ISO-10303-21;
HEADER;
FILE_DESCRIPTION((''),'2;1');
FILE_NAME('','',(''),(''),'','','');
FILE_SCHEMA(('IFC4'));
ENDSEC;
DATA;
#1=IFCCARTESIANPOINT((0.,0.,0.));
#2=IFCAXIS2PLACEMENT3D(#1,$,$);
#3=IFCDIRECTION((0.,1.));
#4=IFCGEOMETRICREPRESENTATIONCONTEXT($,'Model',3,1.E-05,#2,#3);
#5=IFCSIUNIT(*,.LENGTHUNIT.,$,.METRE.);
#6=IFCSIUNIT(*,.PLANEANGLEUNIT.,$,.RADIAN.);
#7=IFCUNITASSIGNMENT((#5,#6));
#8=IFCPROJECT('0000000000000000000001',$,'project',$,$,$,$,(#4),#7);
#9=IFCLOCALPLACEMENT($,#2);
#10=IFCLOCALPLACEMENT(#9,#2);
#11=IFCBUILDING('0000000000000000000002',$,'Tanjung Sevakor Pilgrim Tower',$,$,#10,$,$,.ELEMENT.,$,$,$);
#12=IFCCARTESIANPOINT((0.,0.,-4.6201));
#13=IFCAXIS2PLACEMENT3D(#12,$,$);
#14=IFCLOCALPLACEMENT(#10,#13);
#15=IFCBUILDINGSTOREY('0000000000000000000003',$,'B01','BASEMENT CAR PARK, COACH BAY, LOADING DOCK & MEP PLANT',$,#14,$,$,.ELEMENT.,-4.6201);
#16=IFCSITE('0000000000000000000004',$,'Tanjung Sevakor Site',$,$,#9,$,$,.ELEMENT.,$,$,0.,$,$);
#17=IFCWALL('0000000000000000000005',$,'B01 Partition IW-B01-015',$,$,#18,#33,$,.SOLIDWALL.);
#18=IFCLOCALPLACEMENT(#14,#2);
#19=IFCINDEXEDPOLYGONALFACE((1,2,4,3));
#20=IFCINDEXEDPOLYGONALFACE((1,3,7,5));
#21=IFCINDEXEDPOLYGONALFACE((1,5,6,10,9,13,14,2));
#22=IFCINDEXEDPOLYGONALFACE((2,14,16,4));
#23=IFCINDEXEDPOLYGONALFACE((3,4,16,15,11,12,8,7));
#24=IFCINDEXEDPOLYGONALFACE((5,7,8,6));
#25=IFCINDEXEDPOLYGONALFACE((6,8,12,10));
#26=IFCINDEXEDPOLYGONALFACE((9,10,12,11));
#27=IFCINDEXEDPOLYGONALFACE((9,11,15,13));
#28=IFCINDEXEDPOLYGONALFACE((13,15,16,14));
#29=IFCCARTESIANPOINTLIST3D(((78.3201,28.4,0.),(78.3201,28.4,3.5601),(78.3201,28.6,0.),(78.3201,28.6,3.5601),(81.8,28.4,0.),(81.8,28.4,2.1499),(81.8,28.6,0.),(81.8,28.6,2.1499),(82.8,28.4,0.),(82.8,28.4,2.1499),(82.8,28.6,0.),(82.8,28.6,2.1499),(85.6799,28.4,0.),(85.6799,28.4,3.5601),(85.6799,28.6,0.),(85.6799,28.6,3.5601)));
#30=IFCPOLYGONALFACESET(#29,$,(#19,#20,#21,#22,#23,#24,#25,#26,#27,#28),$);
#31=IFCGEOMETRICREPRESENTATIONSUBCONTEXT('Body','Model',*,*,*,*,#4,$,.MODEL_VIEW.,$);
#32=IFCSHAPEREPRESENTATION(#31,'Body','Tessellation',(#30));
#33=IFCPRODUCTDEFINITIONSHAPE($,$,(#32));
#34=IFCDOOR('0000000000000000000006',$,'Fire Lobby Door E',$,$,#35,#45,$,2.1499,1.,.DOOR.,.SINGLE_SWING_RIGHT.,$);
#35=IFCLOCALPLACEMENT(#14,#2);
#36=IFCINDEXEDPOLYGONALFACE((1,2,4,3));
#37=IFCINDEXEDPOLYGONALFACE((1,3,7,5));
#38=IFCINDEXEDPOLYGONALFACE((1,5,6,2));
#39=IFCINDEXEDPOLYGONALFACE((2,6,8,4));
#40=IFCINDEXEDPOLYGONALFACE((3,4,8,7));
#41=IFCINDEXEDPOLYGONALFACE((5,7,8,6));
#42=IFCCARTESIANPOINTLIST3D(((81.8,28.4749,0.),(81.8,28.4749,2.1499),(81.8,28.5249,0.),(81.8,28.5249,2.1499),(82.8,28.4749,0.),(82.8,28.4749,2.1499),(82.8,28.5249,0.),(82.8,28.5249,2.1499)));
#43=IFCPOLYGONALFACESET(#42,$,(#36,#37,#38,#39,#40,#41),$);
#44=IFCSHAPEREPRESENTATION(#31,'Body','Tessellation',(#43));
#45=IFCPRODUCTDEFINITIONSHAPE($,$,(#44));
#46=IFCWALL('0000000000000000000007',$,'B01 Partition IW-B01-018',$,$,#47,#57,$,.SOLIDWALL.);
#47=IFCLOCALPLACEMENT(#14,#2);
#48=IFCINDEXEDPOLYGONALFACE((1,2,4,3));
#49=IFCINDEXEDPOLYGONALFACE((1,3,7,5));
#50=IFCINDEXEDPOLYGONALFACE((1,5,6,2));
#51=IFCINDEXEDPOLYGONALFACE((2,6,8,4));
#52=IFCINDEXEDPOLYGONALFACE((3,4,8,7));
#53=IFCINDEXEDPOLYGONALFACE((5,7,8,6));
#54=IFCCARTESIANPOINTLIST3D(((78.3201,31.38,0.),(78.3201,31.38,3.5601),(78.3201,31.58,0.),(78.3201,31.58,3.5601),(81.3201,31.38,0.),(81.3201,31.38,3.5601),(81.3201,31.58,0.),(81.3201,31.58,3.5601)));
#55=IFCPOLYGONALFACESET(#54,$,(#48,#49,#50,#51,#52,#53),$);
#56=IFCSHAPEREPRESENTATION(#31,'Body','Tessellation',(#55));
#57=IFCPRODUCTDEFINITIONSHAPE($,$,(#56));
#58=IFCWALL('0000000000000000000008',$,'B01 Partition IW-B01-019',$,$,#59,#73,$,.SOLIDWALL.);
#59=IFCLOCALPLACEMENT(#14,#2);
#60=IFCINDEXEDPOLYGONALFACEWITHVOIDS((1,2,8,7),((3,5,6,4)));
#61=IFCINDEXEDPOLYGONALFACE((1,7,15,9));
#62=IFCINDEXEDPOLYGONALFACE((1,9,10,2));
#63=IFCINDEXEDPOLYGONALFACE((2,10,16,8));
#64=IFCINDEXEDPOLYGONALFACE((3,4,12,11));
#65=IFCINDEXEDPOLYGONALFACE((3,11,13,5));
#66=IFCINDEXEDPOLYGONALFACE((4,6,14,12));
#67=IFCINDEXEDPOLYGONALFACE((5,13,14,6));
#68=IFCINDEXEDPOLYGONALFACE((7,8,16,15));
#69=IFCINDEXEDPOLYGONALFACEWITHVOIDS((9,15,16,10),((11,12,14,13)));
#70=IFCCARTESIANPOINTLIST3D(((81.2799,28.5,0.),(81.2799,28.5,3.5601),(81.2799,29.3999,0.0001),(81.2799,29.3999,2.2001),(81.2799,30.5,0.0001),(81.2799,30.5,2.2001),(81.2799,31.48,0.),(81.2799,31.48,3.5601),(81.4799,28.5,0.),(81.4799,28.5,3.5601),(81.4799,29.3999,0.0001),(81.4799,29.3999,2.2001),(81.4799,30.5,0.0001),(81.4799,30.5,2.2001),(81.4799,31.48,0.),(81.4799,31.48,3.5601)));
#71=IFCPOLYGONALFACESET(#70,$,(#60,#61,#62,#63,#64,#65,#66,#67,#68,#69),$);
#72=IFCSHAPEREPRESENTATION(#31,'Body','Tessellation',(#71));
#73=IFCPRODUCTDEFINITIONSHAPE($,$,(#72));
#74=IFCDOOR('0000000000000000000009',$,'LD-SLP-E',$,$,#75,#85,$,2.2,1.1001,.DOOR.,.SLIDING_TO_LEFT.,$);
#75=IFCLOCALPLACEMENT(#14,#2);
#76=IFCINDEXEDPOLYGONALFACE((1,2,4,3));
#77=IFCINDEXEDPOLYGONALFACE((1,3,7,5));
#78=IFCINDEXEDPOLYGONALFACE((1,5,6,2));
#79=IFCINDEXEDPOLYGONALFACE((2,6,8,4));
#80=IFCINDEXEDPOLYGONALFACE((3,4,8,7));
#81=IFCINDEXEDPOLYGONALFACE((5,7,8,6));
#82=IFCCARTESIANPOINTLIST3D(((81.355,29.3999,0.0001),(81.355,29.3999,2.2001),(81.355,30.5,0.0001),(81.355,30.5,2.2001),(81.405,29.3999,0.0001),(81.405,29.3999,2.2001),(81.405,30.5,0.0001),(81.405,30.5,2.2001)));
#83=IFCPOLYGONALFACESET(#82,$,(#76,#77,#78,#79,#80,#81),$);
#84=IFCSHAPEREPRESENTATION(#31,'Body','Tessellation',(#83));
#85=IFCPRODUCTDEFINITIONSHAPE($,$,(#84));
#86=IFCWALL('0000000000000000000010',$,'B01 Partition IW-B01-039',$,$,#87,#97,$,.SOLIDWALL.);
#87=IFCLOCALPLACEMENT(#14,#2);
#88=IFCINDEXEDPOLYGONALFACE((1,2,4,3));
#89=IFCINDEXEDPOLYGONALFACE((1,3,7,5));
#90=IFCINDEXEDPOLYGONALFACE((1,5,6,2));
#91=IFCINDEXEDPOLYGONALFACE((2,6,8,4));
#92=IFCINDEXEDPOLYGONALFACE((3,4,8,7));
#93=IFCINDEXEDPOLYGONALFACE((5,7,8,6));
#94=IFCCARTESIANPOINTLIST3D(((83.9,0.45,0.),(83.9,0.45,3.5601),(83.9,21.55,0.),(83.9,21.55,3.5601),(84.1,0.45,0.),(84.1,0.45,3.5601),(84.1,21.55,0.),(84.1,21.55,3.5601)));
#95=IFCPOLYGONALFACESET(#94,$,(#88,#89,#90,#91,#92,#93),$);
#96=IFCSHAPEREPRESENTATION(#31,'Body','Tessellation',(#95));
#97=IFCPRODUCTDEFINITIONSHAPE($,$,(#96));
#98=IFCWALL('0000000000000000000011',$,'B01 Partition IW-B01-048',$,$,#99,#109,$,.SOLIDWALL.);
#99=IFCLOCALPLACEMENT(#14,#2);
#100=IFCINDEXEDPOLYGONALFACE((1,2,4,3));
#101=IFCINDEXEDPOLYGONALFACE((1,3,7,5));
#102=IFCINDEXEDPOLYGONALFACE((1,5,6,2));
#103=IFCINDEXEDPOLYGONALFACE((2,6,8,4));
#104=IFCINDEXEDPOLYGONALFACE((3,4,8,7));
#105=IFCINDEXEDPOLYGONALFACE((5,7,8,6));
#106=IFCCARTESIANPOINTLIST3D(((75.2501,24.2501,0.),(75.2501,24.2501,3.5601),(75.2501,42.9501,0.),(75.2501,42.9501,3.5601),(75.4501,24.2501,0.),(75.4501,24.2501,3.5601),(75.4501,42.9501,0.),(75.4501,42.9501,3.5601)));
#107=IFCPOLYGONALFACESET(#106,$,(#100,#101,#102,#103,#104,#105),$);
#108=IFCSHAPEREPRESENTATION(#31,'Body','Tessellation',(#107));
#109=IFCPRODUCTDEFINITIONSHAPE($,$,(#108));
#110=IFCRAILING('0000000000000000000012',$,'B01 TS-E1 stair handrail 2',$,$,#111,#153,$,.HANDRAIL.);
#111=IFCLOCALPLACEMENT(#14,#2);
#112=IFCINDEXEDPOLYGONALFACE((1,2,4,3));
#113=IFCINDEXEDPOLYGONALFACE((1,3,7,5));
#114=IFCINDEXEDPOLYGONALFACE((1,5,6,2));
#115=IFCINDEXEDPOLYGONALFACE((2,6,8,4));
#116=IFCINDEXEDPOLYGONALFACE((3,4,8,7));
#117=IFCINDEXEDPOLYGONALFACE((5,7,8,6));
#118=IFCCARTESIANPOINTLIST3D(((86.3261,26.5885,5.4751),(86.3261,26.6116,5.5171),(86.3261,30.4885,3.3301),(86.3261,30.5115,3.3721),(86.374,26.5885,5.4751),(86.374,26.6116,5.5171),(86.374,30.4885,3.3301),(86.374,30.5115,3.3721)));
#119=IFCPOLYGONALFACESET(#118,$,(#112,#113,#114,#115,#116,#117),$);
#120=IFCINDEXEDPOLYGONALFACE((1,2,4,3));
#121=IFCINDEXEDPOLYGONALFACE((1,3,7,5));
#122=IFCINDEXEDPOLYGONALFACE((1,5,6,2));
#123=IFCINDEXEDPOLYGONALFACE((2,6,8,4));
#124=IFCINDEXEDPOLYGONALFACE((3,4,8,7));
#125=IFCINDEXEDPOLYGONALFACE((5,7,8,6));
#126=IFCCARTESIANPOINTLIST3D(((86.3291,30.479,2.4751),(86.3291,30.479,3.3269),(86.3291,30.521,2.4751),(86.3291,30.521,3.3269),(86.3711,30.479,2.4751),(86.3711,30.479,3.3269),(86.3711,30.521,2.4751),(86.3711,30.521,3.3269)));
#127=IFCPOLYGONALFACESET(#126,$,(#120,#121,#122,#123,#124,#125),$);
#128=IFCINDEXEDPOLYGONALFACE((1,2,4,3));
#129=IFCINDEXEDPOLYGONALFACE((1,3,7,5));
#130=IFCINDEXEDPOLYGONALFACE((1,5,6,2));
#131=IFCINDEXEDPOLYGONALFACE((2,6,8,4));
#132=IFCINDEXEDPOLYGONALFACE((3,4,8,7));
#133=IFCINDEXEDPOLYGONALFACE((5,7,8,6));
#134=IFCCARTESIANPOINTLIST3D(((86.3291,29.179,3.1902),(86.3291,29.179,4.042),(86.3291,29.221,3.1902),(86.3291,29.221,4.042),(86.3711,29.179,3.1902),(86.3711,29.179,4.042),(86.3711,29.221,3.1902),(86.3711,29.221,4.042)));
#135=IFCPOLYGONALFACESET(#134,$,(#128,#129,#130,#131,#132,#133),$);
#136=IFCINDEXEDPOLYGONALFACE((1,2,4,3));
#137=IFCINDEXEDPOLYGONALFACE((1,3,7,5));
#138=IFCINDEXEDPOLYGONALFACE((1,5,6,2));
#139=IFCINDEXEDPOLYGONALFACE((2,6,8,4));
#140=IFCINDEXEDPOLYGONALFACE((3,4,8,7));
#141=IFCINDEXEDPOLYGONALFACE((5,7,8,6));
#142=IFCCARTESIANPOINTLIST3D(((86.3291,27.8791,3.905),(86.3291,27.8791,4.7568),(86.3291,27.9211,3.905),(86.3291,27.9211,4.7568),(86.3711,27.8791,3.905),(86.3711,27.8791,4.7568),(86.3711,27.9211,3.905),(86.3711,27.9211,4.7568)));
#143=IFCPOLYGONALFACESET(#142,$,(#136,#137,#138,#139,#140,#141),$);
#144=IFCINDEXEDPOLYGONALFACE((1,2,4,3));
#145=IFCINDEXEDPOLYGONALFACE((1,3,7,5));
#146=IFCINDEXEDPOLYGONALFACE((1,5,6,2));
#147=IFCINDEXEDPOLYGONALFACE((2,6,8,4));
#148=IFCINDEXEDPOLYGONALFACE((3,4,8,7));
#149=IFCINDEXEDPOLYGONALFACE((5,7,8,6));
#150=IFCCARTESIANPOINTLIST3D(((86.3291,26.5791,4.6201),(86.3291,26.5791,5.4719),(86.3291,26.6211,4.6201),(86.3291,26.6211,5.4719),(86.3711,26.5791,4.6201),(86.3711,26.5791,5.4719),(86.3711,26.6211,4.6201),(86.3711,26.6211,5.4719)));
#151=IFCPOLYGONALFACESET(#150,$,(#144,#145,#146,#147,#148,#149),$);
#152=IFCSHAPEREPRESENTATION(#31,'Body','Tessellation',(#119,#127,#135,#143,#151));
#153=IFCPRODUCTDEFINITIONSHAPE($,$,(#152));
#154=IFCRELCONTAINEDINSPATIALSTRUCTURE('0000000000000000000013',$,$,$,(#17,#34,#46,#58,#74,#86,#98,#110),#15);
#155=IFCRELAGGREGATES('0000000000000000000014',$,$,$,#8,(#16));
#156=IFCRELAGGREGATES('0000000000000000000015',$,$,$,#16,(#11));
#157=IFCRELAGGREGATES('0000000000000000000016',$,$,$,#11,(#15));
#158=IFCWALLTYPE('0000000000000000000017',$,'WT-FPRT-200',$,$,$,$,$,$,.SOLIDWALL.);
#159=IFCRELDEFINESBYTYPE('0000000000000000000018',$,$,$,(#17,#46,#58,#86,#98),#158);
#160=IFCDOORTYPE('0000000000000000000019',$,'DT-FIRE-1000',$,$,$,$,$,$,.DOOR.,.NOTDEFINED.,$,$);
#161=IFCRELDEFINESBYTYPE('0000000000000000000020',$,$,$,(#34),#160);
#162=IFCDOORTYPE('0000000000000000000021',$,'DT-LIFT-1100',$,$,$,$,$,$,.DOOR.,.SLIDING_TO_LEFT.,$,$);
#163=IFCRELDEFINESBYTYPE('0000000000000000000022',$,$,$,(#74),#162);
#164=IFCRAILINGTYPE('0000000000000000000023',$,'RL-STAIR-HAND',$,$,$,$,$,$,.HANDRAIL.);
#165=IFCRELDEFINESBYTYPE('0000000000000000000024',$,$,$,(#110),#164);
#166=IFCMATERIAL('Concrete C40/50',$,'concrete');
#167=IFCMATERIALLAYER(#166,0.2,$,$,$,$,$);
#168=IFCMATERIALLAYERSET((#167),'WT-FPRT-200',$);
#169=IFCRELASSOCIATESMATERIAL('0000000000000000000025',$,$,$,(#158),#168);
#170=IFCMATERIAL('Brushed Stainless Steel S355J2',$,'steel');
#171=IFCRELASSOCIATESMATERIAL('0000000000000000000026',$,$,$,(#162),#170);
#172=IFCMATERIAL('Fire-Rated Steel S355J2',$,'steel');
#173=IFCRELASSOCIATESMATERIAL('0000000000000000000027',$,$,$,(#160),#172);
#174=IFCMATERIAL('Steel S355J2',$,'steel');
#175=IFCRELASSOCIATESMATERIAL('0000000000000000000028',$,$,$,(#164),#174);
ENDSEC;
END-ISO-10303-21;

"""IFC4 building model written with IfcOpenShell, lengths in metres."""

from ifc_helpers import new_model, si_unit, direction, frame, frame_2d, origin, place, context, subcontext, project, spatial, rectangle, extrude, material, layer, layer_set, type_object, element, fill, save


model = new_model("IFC4")

# Units and contexts
model_context = context("Model", 3, precision=1e-05, world=origin(), true_north=direction((0.0, 1.0)))
body_context = subcontext(model_context, "Body", "Model", "MODEL_VIEW")
ifc_project = project(units=[si_unit("LENGTHUNIT", "METRE"), si_unit("PLANEANGLEUNIT", "RADIAN")], contexts=[model_context])

# Site, building, storey
site_placement = place(None, origin())
site = spatial("IfcSite", under=ifc_project, at=site_placement, Name="Tanjung Sevakor Site", CompositionType="ELEMENT", RefElevation=0.0)
building_placement = place(site_placement, origin())
building = spatial("IfcBuilding", under=site, at=building_placement, Name="Tanjung Sevakor Pilgrim Tower", CompositionType="ELEMENT")
storey_placement = place(building_placement, frame((0.0, 0.0, -4.6201)))
storey = spatial("IfcBuildingStorey", under=building, at=storey_placement, Name="B01", Description="BASEMENT CAR PARK, COACH BAY, LOADING DOCK & MEP PLANT", CompositionType="ELEMENT", Elevation=-4.6201)

# Wall, opening, door
ifc_material_1 = material(Name="Concrete C40/50", Category="concrete")
ifc_layer_1 = layer(ifc_material_1, 0.2)
ifc_layer_set_1 = layer_set([ifc_layer_1], Name="WT-FPRT-200")
wall_type_1 = type_object("IfcWallType", Name="WT-FPRT-200", PredefinedType="SOLIDWALL", material=ifc_layer_set_1)
ifc_material_2 = material(Name="Brushed Stainless Steel S355J2", Category="steel")
door_type_1 = type_object("IfcDoorType", Name="DT-LIFT-1100", OperationType="SLIDING_TO_LEFT", PredefinedType="DOOR", material=ifc_material_2)
wall_1_placement = place(storey_placement, frame((78.3201, 28.5, 0.0), z_axis=(0.0, 0.0, 1.0), x_axis=(1.0, 0.0, 0.0)))
wall_1 = element("IfcWall", 1, at=wall_1_placement, inside=storey, type_object=wall_type_1, Name="B01 Partition IW-B01-015", PredefinedType="SOLIDWALL", context=body_context, shape_type="SweptSolid", body=[
    extrude(rectangle(XDim=7.3599, YDim=0.2, at=frame_2d((3.6799, 0.0))), origin(), (0.0, 0.0, 1.0), 3.5601),
])
opening_1_placement = place(wall_1_placement, frame((3.48, 0.0, 0.0)))
opening_1 = element("IfcOpeningElement", 2, at=opening_1_placement, cuts=wall_1, PredefinedType="OPENING", context=body_context, shape_type="SweptSolid", body=[
    extrude(rectangle(XDim=1.0, YDim=2.1499, at=frame_2d((0.5, 1.075))), frame((0.0, 0.1099, 0.0), z_axis=(0.0, -1.0, 0.0), x_axis=(1.0, 0.0, 0.0)), (0.0, 0.0, 1.0), 0.22),
])
ifc_material_3 = material(Name="Fire-Rated Steel S355J2", Category="steel")
door_type_2 = type_object("IfcDoorType", Name="DT-FIRE-1000", OperationType="NOTDEFINED", PredefinedType="DOOR", material=ifc_material_3)
door_1_placement = place(opening_1_placement, origin())
door_1 = element("IfcDoor", 3, at=door_1_placement, inside=storey, type_object=door_type_2, Name="Fire Lobby Door E", OperationType="SINGLE_SWING_RIGHT", OverallHeight=2.1499, OverallWidth=1.0, PredefinedType="DOOR", context=body_context, shape_type="SweptSolid", body=[
    extrude(rectangle(XDim=1.0, YDim=2.1499, at=frame_2d((0.5, 1.075))), frame((0.0, 0.0249, 0.0), z_axis=(0.0, -1.0, 0.0), x_axis=(1.0, 0.0, 0.0)), (0.0, 0.0, 1.0), 0.05),
])
fill(opening_1, door_1)

# Wall
wall_2_placement = place(storey_placement, frame((78.3201, 31.48, 0.0), z_axis=(0.0, 0.0, 1.0), x_axis=(1.0, 0.0, 0.0)))
element("IfcWall", 4, at=wall_2_placement, inside=storey, type_object=wall_type_1, Name="B01 Partition IW-B01-018", PredefinedType="SOLIDWALL", context=body_context, shape_type="SweptSolid", body=[
    extrude(rectangle(XDim=3.0, YDim=0.2, at=frame_2d((1.5, 0.0))), origin(), (0.0, 0.0, 1.0), 3.5601),
])

# Wall, opening, door
wall_3_placement = place(storey_placement, frame((81.3799, 28.5, 0.0), z_axis=(0.0, 0.0, 1.0), x_axis=(0.0, 1.0, 0.0)))
wall_3 = element("IfcWall", 5, at=wall_3_placement, inside=storey, type_object=wall_type_1, Name="B01 Partition IW-B01-019", PredefinedType="SOLIDWALL", context=body_context, shape_type="SweptSolid", body=[
    extrude(rectangle(XDim=2.98, YDim=0.2, at=frame_2d((1.49, 0.0))), origin(), (0.0, 0.0, 1.0), 3.5601),
])
opening_2_placement = place(wall_3_placement, frame((0.8999, 0.0, 0.0)))
opening_2 = element("IfcOpeningElement", 6, at=opening_2_placement, cuts=wall_3, PredefinedType="OPENING", context=body_context, shape_type="SweptSolid", body=[
    extrude(rectangle(XDim=1.1001, YDim=2.2, at=frame_2d((0.55, 1.1001))), frame((0.0, 0.1099, 0.0), z_axis=(0.0, -1.0, 0.0), x_axis=(1.0, 0.0, 0.0)), (0.0, 0.0, 1.0), 0.22),
])
door_2_placement = place(opening_2_placement, origin())
door_2 = element("IfcDoor", 7, at=door_2_placement, inside=storey, type_object=door_type_1, Name="LD-SLP-E", OperationType="SLIDING_TO_LEFT", OverallHeight=2.2, OverallWidth=1.1001, PredefinedType="DOOR", context=body_context, shape_type="SweptSolid", body=[
    extrude(rectangle(XDim=1.1001, YDim=2.2, at=frame_2d((0.55, 1.1001))), frame((0.0, 0.0249, 0.0), z_axis=(0.0, -1.0, 0.0), x_axis=(1.0, 0.0, 0.0)), (0.0, 0.0, 1.0), 0.05),
])
fill(opening_2, door_2)

# Walls
wall_4_placement = place(storey_placement, frame((84.0, 0.45, 0.0), z_axis=(0.0, 0.0, 1.0), x_axis=(0.0, 1.0, 0.0)))
element("IfcWall", 8, at=wall_4_placement, inside=storey, type_object=wall_type_1, Name="B01 Partition IW-B01-039", PredefinedType="SOLIDWALL", context=body_context, shape_type="SweptSolid", body=[
    extrude(rectangle(XDim=21.1001, YDim=0.2, at=frame_2d((10.55, 0.0))), origin(), (0.0, 0.0, 1.0), 3.5601),
])
wall_5_placement = place(storey_placement, frame((75.3501, 24.25, 0.0), z_axis=(0.0, 0.0, 1.0), x_axis=(0.0, 1.0, 0.0)))
element("IfcWall", 9, at=wall_5_placement, inside=storey, type_object=wall_type_1, Name="B01 Partition IW-B01-048", PredefinedType="SOLIDWALL", context=body_context, shape_type="SweptSolid", body=[
    extrude(rectangle(XDim=18.7, YDim=0.2, at=frame_2d((9.3501, 0.0))), origin(), (0.0, 0.0, 1.0), 3.5601),
])

# Railing
ifc_material_4 = material(Name="Steel S355J2", Category="steel")
railing_type = type_object("IfcRailingType", Name="RL-STAIR-HAND", PredefinedType="HANDRAIL", material=ifc_material_4)
railing_placement = place(storey_placement, frame((86.3501, 30.5, 2.4751)))
element("IfcRailing", 10, at=railing_placement, inside=storey, type_object=railing_type, Name="B01 TS-E1 stair handrail 2", PredefinedType="HANDRAIL", context=body_context, shape_type="SweptSolid", body=[
    extrude(rectangle(XDim=0.0479, YDim=0.0479), frame((0.0, 0.0, 0.876), z_axis=(0.0, -0.876209, 0.481931), x_axis=(1.0, 0.0, 0.0)), (0.0, 0.0, 1.0), 4.4509),
    extrude(rectangle(XDim=0.042, YDim=0.042), origin(), (0.0, 0.0, 1.0), 0.8518),
    extrude(rectangle(XDim=0.042, YDim=0.042), frame((0.0, -1.3, 0.7151)), (0.0, 0.0, 1.0), 0.8518),
    extrude(rectangle(XDim=0.042, YDim=0.042), frame((0.0, -2.5999, 1.4299)), (0.0, 0.0, 1.0), 0.8518),
    extrude(rectangle(XDim=0.042, YDim=0.042), frame((0.0, -3.8999, 2.145)), (0.0, 0.0, 1.0), 0.8518),
])

save(model, "model.ifc")
